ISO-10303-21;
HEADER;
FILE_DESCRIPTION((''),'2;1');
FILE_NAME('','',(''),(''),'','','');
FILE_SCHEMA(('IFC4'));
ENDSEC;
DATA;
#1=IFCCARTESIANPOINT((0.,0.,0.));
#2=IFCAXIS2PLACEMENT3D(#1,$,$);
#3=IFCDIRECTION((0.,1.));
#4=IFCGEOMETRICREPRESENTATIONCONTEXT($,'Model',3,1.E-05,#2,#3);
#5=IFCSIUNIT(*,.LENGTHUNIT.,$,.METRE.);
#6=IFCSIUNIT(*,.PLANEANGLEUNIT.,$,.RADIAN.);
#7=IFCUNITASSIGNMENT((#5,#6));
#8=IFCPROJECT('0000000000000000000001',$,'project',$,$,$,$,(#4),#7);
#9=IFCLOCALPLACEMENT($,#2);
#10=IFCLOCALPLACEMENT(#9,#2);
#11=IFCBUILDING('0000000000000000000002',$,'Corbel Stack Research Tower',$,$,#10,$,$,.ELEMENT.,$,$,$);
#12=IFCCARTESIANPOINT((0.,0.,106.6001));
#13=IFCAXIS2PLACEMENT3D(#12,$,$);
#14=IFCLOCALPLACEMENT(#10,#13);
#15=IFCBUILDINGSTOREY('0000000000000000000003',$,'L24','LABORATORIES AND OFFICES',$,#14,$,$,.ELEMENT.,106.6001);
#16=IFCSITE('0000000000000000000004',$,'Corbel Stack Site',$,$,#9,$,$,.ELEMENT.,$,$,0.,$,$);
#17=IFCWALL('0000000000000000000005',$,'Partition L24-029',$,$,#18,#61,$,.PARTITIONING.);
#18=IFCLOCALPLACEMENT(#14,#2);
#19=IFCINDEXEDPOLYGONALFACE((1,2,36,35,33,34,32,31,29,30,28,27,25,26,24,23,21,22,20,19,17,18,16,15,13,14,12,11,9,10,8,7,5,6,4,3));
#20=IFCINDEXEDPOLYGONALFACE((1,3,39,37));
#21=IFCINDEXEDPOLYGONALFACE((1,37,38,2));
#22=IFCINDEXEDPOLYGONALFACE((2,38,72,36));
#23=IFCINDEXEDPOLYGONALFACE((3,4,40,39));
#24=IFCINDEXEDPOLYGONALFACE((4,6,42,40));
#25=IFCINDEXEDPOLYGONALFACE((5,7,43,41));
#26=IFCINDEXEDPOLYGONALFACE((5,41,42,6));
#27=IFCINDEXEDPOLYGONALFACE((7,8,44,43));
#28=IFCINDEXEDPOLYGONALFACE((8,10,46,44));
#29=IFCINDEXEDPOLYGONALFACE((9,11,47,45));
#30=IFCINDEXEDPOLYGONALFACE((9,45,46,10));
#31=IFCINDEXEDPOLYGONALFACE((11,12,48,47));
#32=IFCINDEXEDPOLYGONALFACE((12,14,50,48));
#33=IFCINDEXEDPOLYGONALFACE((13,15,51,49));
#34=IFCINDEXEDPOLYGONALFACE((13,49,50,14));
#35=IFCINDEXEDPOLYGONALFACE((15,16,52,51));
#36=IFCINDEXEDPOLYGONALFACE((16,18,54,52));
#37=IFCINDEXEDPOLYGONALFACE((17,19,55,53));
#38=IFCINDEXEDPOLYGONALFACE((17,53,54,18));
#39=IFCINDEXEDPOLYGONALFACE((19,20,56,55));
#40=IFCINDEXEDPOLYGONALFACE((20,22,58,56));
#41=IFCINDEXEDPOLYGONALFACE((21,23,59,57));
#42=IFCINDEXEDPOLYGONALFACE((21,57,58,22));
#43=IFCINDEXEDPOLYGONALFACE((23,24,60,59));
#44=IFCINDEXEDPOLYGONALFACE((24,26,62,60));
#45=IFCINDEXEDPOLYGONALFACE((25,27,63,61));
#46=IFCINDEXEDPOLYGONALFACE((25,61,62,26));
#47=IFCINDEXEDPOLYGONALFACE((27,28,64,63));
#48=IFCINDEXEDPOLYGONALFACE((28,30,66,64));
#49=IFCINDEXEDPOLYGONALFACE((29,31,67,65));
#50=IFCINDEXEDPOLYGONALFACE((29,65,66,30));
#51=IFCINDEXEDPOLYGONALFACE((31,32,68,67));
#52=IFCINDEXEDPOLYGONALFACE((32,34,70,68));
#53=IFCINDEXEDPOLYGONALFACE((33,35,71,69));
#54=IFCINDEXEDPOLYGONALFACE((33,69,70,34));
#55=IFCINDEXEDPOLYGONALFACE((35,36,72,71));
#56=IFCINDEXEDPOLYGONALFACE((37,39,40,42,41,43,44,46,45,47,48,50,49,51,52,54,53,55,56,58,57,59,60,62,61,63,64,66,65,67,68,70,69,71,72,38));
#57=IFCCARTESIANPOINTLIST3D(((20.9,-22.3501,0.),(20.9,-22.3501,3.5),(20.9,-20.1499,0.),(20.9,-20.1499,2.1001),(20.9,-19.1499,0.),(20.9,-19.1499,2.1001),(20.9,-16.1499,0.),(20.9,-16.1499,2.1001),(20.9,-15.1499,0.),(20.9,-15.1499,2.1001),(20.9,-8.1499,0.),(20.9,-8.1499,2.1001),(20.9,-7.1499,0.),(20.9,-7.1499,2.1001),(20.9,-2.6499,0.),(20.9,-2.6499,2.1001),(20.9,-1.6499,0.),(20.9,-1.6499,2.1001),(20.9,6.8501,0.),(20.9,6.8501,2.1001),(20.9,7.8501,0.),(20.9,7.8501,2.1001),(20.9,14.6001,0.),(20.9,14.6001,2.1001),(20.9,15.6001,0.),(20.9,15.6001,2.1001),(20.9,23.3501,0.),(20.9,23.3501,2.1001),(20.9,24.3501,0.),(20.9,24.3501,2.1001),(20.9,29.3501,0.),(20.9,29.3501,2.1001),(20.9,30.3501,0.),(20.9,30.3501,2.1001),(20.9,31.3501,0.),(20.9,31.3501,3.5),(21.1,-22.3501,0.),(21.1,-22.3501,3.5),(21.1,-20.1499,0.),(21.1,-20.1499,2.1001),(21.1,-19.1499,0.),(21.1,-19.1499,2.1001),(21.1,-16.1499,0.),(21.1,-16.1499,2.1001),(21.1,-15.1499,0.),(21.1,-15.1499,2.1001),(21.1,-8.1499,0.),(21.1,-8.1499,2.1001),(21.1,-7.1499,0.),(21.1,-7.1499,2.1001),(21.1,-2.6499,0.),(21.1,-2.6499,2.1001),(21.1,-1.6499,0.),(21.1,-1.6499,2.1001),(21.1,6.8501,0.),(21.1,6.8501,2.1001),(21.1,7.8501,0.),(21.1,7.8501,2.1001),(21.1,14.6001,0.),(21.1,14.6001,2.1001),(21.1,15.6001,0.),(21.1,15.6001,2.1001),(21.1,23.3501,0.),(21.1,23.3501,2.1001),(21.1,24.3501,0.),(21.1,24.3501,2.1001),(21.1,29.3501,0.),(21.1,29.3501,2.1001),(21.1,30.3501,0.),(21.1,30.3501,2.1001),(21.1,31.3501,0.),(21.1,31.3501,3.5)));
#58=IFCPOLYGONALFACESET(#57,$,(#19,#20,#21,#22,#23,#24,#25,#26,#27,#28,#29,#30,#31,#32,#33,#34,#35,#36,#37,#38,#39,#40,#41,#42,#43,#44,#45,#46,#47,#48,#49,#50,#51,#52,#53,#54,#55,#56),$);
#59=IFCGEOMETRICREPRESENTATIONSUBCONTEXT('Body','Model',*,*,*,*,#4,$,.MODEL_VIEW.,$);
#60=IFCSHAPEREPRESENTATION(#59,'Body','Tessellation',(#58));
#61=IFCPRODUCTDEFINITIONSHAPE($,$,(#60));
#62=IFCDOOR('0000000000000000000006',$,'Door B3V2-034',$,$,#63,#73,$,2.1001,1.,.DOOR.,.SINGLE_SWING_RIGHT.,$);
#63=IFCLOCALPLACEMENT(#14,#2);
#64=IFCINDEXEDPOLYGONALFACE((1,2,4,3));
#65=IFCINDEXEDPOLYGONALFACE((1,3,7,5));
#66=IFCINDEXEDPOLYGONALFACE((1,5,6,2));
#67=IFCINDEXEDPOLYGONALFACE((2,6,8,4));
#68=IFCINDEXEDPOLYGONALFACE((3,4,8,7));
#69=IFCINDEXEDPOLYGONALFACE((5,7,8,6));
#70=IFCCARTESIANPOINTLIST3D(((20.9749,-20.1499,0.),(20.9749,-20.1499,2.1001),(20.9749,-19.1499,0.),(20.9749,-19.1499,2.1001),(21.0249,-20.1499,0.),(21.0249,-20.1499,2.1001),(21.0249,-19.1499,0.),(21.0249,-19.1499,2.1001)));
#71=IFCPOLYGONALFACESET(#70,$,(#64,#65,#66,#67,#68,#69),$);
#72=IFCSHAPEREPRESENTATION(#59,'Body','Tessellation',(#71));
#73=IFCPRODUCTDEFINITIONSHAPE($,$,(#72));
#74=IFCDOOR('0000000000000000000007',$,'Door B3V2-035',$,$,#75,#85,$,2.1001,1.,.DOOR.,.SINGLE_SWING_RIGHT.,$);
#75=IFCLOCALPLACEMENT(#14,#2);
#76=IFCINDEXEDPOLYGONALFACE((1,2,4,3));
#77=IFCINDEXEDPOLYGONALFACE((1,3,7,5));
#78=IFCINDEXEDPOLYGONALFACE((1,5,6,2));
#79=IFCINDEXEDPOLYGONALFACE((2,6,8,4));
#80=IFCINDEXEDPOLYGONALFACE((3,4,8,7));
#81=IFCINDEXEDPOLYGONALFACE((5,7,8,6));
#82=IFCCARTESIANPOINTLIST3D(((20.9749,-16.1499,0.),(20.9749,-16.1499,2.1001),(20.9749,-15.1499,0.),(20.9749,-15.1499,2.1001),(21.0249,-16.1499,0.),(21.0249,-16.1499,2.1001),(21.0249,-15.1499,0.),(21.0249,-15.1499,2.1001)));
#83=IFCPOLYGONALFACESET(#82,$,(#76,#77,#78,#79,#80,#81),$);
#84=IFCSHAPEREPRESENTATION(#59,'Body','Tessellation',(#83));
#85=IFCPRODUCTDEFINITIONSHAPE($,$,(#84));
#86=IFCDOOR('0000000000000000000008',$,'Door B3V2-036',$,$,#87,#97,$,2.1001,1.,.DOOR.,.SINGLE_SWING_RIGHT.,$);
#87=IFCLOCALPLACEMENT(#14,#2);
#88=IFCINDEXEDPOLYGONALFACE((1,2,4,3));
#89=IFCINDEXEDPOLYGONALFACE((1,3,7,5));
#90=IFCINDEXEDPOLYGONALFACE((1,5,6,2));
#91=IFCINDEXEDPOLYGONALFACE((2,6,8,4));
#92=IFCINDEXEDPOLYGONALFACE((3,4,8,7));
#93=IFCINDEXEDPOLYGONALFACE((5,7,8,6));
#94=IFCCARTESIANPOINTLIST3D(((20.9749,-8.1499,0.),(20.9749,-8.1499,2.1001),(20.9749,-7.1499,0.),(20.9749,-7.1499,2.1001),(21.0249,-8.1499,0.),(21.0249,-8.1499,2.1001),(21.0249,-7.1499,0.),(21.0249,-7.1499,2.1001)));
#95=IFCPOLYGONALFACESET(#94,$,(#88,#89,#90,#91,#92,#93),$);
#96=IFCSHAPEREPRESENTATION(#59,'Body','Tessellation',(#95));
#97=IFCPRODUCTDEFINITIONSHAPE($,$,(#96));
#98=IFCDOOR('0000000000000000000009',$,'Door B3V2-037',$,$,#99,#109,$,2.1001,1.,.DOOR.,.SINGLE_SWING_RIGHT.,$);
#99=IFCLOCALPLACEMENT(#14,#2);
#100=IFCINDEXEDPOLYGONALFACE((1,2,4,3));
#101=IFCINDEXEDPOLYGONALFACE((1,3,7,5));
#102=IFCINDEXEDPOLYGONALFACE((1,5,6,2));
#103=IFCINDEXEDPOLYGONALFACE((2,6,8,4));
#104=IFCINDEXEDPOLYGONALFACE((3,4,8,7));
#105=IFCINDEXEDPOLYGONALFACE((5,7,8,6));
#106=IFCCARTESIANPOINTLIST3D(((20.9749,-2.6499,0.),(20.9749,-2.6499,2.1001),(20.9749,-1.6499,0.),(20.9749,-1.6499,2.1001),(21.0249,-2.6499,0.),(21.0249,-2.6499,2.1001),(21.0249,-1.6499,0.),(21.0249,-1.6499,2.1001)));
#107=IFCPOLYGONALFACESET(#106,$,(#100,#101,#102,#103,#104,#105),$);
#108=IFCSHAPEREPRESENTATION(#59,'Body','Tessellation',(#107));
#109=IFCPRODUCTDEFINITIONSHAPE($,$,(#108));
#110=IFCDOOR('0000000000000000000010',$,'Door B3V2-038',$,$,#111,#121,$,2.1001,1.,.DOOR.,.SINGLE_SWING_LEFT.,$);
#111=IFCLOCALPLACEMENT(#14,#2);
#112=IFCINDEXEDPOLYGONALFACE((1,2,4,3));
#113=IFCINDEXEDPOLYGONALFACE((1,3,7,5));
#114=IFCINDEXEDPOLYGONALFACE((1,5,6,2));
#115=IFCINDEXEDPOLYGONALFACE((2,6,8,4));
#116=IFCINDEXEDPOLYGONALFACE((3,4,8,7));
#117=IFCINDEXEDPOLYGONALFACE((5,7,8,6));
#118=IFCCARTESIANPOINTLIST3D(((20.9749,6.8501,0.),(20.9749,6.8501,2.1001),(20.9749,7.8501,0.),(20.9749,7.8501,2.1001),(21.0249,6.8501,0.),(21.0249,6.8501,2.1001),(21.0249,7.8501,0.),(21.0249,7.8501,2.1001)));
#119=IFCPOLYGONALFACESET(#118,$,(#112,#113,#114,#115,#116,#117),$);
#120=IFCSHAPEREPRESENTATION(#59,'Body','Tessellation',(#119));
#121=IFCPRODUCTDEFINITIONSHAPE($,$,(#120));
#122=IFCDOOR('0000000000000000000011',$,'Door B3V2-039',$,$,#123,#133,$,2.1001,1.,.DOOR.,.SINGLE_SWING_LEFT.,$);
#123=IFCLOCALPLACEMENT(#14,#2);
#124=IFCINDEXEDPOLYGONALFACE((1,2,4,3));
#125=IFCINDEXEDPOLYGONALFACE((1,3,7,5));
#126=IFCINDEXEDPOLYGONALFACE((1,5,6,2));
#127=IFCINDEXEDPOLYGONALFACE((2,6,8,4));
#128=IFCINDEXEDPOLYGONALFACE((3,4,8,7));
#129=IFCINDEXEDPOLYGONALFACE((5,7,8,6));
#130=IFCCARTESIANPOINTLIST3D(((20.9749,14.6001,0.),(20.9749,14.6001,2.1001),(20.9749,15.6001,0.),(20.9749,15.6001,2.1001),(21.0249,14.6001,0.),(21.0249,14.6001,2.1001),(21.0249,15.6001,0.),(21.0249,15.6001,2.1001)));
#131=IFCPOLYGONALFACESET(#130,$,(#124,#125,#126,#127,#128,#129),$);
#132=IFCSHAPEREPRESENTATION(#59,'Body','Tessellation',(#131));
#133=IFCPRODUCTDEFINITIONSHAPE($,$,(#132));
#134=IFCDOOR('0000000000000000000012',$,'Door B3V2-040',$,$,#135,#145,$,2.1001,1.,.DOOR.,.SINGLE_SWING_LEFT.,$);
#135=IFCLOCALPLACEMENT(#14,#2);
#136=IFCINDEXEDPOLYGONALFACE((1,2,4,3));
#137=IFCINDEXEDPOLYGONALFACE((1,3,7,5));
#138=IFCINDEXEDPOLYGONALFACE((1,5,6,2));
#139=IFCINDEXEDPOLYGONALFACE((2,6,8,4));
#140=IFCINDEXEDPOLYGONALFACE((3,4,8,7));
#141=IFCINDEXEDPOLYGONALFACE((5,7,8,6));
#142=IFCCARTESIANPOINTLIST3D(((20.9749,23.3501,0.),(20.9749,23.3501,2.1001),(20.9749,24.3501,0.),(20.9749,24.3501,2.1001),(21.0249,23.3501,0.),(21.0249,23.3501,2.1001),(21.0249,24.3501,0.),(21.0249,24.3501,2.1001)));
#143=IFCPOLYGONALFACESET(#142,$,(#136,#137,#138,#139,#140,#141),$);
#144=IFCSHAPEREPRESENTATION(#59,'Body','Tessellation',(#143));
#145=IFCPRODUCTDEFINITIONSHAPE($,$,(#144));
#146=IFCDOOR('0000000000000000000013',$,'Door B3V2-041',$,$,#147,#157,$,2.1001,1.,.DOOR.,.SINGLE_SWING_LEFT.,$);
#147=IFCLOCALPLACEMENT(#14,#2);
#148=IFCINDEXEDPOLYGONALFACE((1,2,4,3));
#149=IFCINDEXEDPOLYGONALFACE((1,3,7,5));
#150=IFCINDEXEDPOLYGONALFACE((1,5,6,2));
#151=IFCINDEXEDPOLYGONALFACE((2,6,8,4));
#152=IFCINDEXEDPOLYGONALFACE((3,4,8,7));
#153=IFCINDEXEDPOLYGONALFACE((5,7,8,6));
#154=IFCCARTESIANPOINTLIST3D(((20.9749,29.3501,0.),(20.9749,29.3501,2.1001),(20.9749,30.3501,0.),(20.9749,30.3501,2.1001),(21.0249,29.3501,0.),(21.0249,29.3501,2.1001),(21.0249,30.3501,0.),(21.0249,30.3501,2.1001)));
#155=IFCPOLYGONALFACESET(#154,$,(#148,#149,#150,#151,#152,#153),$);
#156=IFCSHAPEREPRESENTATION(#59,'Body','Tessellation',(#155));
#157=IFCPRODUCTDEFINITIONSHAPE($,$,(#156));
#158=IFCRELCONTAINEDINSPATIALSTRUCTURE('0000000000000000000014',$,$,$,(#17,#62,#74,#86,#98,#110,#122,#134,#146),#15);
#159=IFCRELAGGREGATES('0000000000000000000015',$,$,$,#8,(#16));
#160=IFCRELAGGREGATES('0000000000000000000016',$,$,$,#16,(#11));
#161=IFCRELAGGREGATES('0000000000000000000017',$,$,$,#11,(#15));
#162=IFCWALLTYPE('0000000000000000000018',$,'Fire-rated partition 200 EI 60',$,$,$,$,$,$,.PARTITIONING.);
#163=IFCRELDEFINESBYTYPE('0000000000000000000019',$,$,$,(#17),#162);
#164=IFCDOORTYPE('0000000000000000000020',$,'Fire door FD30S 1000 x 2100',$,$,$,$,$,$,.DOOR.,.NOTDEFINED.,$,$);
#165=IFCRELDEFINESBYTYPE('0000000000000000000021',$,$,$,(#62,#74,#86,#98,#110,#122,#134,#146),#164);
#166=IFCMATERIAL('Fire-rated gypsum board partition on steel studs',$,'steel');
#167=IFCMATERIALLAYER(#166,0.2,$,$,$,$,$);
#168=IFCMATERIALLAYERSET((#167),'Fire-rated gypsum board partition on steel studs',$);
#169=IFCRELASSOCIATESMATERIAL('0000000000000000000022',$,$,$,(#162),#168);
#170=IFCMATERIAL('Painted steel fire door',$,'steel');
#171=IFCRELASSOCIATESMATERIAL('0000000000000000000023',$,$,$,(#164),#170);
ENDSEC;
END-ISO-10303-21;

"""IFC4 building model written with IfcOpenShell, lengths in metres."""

from ifc_helpers import new_model, si_unit, direction, frame, frame_2d, origin, place, context, subcontext, project, spatial, rectangle, extrude, material, layer, layer_set, type_object, element, fill, save


model = new_model("IFC4")

# Units and contexts
model_context = context("Model", 3, precision=1e-05, world=origin(), true_north=direction((0.0, 1.0)))
body_context = subcontext(model_context, "Body", "Model", "MODEL_VIEW")
ifc_project = project(units=[si_unit("LENGTHUNIT", "METRE"), si_unit("PLANEANGLEUNIT", "RADIAN")], contexts=[model_context])

# Site, building, storey
site_placement = place(None, origin())
site = spatial("IfcSite", under=ifc_project, at=site_placement, Name="Corbel Stack Site", CompositionType="ELEMENT", RefElevation=0.0)
building_placement = place(site_placement, origin())
building = spatial("IfcBuilding", under=site, at=building_placement, Name="Corbel Stack Research Tower", CompositionType="ELEMENT")
storey_placement = place(building_placement, frame((0.0, 0.0, 106.6001)))
storey = spatial("IfcBuildingStorey", under=building, at=storey_placement, Name="L24", Description="LABORATORIES AND OFFICES", CompositionType="ELEMENT", Elevation=106.6001)

# Shared definitions
ifc_material_1 = material(Name="Fire-rated gypsum board partition on steel studs", Category="steel")
ifc_layer_1 = layer(ifc_material_1, 0.2)
ifc_layer_set_1 = layer_set([ifc_layer_1], Name="Fire-rated gypsum board partition on steel studs")
wall_type_1 = type_object("IfcWallType", Name="Fire-rated partition 200 EI 60", PredefinedType="PARTITIONING", material=ifc_layer_set_1)
ifc_material_2 = material(Name="Painted steel fire door", Category="steel")
door_type_1 = type_object("IfcDoorType", Name="Fire door FD30S 1000 x 2100", OperationType="NOTDEFINED", PredefinedType="DOOR", material=ifc_material_2)

# Wall, openings, doors
wall_1_placement = place(storey_placement, frame((21.0, 31.3501, 0.0), z_axis=(0.0, 0.0, 1.0), x_axis=(0.0, -1.0, 0.0)))
wall_1 = element("IfcWall", 1, at=wall_1_placement, inside=storey, type_object=wall_type_1, Name="Partition L24-029", PredefinedType="PARTITIONING", context=body_context, shape_type="SweptSolid", body=[
    extrude(rectangle(XDim=53.7002, YDim=0.2, at=frame_2d((26.8501, 0.0))), origin(), (0.0, 0.0, 1.0), 3.5),
])
opening_1_placement = place(wall_1_placement, frame((50.5, 0.0, 0.0)))
opening_1 = element("IfcOpeningElement", 2, at=opening_1_placement, cuts=wall_1, PredefinedType="OPENING", context=body_context, shape_type="SweptSolid", body=[
    extrude(rectangle(XDim=1.0, YDim=2.1001, at=frame_2d((0.5, 1.05))), frame((0.0, 0.1099, 0.0), z_axis=(0.0, -1.0, 0.0), x_axis=(1.0, 0.0, 0.0)), (0.0, 0.0, 1.0), 0.22),
])
opening_2_placement = place(wall_1_placement, frame((46.5, 0.0, 0.0)))
opening_2 = element("IfcOpeningElement", 3, at=opening_2_placement, cuts=wall_1, PredefinedType="OPENING", context=body_context, shape_type="SweptSolid", body=[
    extrude(rectangle(XDim=1.0, YDim=2.1001, at=frame_2d((0.5, 1.05))), frame((0.0, 0.1099, 0.0), z_axis=(0.0, -1.0, 0.0), x_axis=(1.0, 0.0, 0.0)), (0.0, 0.0, 1.0), 0.22),
])
opening_3_placement = place(wall_1_placement, frame((38.5, 0.0, 0.0)))
opening_3 = element("IfcOpeningElement", 4, at=opening_3_placement, cuts=wall_1, PredefinedType="OPENING", context=body_context, shape_type="SweptSolid", body=[
    extrude(rectangle(XDim=1.0, YDim=2.1001, at=frame_2d((0.5, 1.05))), frame((0.0, 0.1099, 0.0), z_axis=(0.0, -1.0, 0.0), x_axis=(1.0, 0.0, 0.0)), (0.0, 0.0, 1.0), 0.22),
])
opening_4_placement = place(wall_1_placement, frame((33.0, 0.0, 0.0)))
opening_4 = element("IfcOpeningElement", 5, at=opening_4_placement, cuts=wall_1, PredefinedType="OPENING", context=body_context, shape_type="SweptSolid", body=[
    extrude(rectangle(XDim=1.0, YDim=2.1001, at=frame_2d((0.5, 1.05))), frame((0.0, 0.1099, 0.0), z_axis=(0.0, -1.0, 0.0), x_axis=(1.0, 0.0, 0.0)), (0.0, 0.0, 1.0), 0.22),
])
opening_5_placement = place(wall_1_placement, frame((23.5, 0.0, 0.0)))
opening_5 = element("IfcOpeningElement", 6, at=opening_5_placement, cuts=wall_1, PredefinedType="OPENING", context=body_context, shape_type="SweptSolid", body=[
    extrude(rectangle(XDim=1.0, YDim=2.1001, at=frame_2d((0.5, 1.05))), frame((0.0, 0.1099, 0.0), z_axis=(0.0, -1.0, 0.0), x_axis=(1.0, 0.0, 0.0)), (0.0, 0.0, 1.0), 0.22),
])
opening_6_placement = place(wall_1_placement, frame((15.75, 0.0, 0.0)))
opening_6 = element("IfcOpeningElement", 7, at=opening_6_placement, cuts=wall_1, PredefinedType="OPENING", context=body_context, shape_type="SweptSolid", body=[
    extrude(rectangle(XDim=1.0, YDim=2.1001, at=frame_2d((0.5, 1.05))), frame((0.0, 0.1099, 0.0), z_axis=(0.0, -1.0, 0.0), x_axis=(1.0, 0.0, 0.0)), (0.0, 0.0, 1.0), 0.22),
])
opening_7_placement = place(wall_1_placement, frame((7.0, 0.0, 0.0)))
opening_7 = element("IfcOpeningElement", 8, at=opening_7_placement, cuts=wall_1, PredefinedType="OPENING", context=body_context, shape_type="SweptSolid", body=[
    extrude(rectangle(XDim=1.0, YDim=2.1001, at=frame_2d((0.5, 1.05))), frame((0.0, 0.1099, 0.0), z_axis=(0.0, -1.0, 0.0), x_axis=(1.0, 0.0, 0.0)), (0.0, 0.0, 1.0), 0.22),
])
opening_8_placement = place(wall_1_placement, frame((1.0, 0.0, 0.0)))
opening_8 = element("IfcOpeningElement", 9, at=opening_8_placement, cuts=wall_1, PredefinedType="OPENING", context=body_context, shape_type="SweptSolid", body=[
    extrude(rectangle(XDim=1.0, YDim=2.1001, at=frame_2d((0.5, 1.05))), frame((0.0, 0.1099, 0.0), z_axis=(0.0, -1.0, 0.0), x_axis=(1.0, 0.0, 0.0)), (0.0, 0.0, 1.0), 0.22),
])
door_1_placement = place(opening_1_placement, origin())
door_1 = element("IfcDoor", 10, at=door_1_placement, inside=storey, type_object=door_type_1, Name="Door B3V2-034", OperationType="SINGLE_SWING_RIGHT", OverallHeight=2.1001, OverallWidth=1.0, PredefinedType="DOOR", context=body_context, shape_type="SweptSolid", body=[
    extrude(rectangle(XDim=1.0, YDim=2.1001, at=frame_2d((0.5, 1.05))), frame((0.0, 0.0249, 0.0), z_axis=(0.0, -1.0, 0.0), x_axis=(1.0, 0.0, 0.0)), (0.0, 0.0, 1.0), 0.05),
])
fill(opening_1, door_1)
door_2_placement = place(opening_2_placement, origin())
door_2 = element("IfcDoor", 11, at=door_2_placement, inside=storey, type_object=door_type_1, Name="Door B3V2-035", OperationType="SINGLE_SWING_RIGHT", OverallHeight=2.1001, OverallWidth=1.0, PredefinedType="DOOR", context=body_context, shape_type="SweptSolid", body=[
    extrude(rectangle(XDim=1.0, YDim=2.1001, at=frame_2d((0.5, 1.05))), frame((0.0, 0.0249, 0.0), z_axis=(0.0, -1.0, 0.0), x_axis=(1.0, 0.0, 0.0)), (0.0, 0.0, 1.0), 0.05),
])
fill(opening_2, door_2)
door_3_placement = place(opening_3_placement, origin())
door_3 = element("IfcDoor", 12, at=door_3_placement, inside=storey, type_object=door_type_1, Name="Door B3V2-036", OperationType="SINGLE_SWING_RIGHT", OverallHeight=2.1001, OverallWidth=1.0, PredefinedType="DOOR", context=body_context, shape_type="SweptSolid", body=[
    extrude(rectangle(XDim=1.0, YDim=2.1001, at=frame_2d((0.5, 1.05))), frame((0.0, 0.0249, 0.0), z_axis=(0.0, -1.0, 0.0), x_axis=(1.0, 0.0, 0.0)), (0.0, 0.0, 1.0), 0.05),
])
fill(opening_3, door_3)
door_4_placement = place(opening_4_placement, origin())
door_4 = element("IfcDoor", 13, at=door_4_placement, inside=storey, type_object=door_type_1, Name="Door B3V2-037", OperationType="SINGLE_SWING_RIGHT", OverallHeight=2.1001, OverallWidth=1.0, PredefinedType="DOOR", context=body_context, shape_type="SweptSolid", body=[
    extrude(rectangle(XDim=1.0, YDim=2.1001, at=frame_2d((0.5, 1.05))), frame((0.0, 0.0249, 0.0), z_axis=(0.0, -1.0, 0.0), x_axis=(1.0, 0.0, 0.0)), (0.0, 0.0, 1.0), 0.05),
])
fill(opening_4, door_4)
door_5_placement = place(opening_5_placement, origin())
door_5 = element("IfcDoor", 14, at=door_5_placement, inside=storey, type_object=door_type_1, Name="Door B3V2-038", OperationType="SINGLE_SWING_LEFT", OverallHeight=2.1001, OverallWidth=1.0, PredefinedType="DOOR", context=body_context, shape_type="SweptSolid", body=[
    extrude(rectangle(XDim=1.0, YDim=2.1001, at=frame_2d((0.5, 1.05))), frame((0.0, 0.0249, 0.0), z_axis=(0.0, -1.0, 0.0), x_axis=(1.0, 0.0, 0.0)), (0.0, 0.0, 1.0), 0.05),
])
fill(opening_5, door_5)
door_6_placement = place(opening_6_placement, origin())
door_6 = element("IfcDoor", 15, at=door_6_placement, inside=storey, type_object=door_type_1, Name="Door B3V2-039", OperationType="SINGLE_SWING_LEFT", OverallHeight=2.1001, OverallWidth=1.0, PredefinedType="DOOR", context=body_context, shape_type="SweptSolid", body=[
    extrude(rectangle(XDim=1.0, YDim=2.1001, at=frame_2d((0.5, 1.05))), frame((0.0, 0.0249, 0.0), z_axis=(0.0, -1.0, 0.0), x_axis=(1.0, 0.0, 0.0)), (0.0, 0.0, 1.0), 0.05),
])
fill(opening_6, door_6)
door_7_placement = place(opening_7_placement, origin())
door_7 = element("IfcDoor", 16, at=door_7_placement, inside=storey, type_object=door_type_1, Name="Door B3V2-040", OperationType="SINGLE_SWING_LEFT", OverallHeight=2.1001, OverallWidth=1.0, PredefinedType="DOOR", context=body_context, shape_type="SweptSolid", body=[
    extrude(rectangle(XDim=1.0, YDim=2.1001, at=frame_2d((0.5, 1.05))), frame((0.0, 0.0249, 0.0), z_axis=(0.0, -1.0, 0.0), x_axis=(1.0, 0.0, 0.0)), (0.0, 0.0, 1.0), 0.05),
])
fill(opening_7, door_7)
door_8_placement = place(opening_8_placement, origin())
door_8 = element("IfcDoor", 17, at=door_8_placement, inside=storey, type_object=door_type_1, Name="Door B3V2-041", OperationType="SINGLE_SWING_LEFT", OverallHeight=2.1001, OverallWidth=1.0, PredefinedType="DOOR", context=body_context, shape_type="SweptSolid", body=[
    extrude(rectangle(XDim=1.0, YDim=2.1001, at=frame_2d((0.5, 1.05))), frame((0.0, 0.0249, 0.0), z_axis=(0.0, -1.0, 0.0), x_axis=(1.0, 0.0, 0.0)), (0.0, 0.0, 1.0), 0.05),
])
fill(opening_8, door_8)

save(model, "model.ifc")
